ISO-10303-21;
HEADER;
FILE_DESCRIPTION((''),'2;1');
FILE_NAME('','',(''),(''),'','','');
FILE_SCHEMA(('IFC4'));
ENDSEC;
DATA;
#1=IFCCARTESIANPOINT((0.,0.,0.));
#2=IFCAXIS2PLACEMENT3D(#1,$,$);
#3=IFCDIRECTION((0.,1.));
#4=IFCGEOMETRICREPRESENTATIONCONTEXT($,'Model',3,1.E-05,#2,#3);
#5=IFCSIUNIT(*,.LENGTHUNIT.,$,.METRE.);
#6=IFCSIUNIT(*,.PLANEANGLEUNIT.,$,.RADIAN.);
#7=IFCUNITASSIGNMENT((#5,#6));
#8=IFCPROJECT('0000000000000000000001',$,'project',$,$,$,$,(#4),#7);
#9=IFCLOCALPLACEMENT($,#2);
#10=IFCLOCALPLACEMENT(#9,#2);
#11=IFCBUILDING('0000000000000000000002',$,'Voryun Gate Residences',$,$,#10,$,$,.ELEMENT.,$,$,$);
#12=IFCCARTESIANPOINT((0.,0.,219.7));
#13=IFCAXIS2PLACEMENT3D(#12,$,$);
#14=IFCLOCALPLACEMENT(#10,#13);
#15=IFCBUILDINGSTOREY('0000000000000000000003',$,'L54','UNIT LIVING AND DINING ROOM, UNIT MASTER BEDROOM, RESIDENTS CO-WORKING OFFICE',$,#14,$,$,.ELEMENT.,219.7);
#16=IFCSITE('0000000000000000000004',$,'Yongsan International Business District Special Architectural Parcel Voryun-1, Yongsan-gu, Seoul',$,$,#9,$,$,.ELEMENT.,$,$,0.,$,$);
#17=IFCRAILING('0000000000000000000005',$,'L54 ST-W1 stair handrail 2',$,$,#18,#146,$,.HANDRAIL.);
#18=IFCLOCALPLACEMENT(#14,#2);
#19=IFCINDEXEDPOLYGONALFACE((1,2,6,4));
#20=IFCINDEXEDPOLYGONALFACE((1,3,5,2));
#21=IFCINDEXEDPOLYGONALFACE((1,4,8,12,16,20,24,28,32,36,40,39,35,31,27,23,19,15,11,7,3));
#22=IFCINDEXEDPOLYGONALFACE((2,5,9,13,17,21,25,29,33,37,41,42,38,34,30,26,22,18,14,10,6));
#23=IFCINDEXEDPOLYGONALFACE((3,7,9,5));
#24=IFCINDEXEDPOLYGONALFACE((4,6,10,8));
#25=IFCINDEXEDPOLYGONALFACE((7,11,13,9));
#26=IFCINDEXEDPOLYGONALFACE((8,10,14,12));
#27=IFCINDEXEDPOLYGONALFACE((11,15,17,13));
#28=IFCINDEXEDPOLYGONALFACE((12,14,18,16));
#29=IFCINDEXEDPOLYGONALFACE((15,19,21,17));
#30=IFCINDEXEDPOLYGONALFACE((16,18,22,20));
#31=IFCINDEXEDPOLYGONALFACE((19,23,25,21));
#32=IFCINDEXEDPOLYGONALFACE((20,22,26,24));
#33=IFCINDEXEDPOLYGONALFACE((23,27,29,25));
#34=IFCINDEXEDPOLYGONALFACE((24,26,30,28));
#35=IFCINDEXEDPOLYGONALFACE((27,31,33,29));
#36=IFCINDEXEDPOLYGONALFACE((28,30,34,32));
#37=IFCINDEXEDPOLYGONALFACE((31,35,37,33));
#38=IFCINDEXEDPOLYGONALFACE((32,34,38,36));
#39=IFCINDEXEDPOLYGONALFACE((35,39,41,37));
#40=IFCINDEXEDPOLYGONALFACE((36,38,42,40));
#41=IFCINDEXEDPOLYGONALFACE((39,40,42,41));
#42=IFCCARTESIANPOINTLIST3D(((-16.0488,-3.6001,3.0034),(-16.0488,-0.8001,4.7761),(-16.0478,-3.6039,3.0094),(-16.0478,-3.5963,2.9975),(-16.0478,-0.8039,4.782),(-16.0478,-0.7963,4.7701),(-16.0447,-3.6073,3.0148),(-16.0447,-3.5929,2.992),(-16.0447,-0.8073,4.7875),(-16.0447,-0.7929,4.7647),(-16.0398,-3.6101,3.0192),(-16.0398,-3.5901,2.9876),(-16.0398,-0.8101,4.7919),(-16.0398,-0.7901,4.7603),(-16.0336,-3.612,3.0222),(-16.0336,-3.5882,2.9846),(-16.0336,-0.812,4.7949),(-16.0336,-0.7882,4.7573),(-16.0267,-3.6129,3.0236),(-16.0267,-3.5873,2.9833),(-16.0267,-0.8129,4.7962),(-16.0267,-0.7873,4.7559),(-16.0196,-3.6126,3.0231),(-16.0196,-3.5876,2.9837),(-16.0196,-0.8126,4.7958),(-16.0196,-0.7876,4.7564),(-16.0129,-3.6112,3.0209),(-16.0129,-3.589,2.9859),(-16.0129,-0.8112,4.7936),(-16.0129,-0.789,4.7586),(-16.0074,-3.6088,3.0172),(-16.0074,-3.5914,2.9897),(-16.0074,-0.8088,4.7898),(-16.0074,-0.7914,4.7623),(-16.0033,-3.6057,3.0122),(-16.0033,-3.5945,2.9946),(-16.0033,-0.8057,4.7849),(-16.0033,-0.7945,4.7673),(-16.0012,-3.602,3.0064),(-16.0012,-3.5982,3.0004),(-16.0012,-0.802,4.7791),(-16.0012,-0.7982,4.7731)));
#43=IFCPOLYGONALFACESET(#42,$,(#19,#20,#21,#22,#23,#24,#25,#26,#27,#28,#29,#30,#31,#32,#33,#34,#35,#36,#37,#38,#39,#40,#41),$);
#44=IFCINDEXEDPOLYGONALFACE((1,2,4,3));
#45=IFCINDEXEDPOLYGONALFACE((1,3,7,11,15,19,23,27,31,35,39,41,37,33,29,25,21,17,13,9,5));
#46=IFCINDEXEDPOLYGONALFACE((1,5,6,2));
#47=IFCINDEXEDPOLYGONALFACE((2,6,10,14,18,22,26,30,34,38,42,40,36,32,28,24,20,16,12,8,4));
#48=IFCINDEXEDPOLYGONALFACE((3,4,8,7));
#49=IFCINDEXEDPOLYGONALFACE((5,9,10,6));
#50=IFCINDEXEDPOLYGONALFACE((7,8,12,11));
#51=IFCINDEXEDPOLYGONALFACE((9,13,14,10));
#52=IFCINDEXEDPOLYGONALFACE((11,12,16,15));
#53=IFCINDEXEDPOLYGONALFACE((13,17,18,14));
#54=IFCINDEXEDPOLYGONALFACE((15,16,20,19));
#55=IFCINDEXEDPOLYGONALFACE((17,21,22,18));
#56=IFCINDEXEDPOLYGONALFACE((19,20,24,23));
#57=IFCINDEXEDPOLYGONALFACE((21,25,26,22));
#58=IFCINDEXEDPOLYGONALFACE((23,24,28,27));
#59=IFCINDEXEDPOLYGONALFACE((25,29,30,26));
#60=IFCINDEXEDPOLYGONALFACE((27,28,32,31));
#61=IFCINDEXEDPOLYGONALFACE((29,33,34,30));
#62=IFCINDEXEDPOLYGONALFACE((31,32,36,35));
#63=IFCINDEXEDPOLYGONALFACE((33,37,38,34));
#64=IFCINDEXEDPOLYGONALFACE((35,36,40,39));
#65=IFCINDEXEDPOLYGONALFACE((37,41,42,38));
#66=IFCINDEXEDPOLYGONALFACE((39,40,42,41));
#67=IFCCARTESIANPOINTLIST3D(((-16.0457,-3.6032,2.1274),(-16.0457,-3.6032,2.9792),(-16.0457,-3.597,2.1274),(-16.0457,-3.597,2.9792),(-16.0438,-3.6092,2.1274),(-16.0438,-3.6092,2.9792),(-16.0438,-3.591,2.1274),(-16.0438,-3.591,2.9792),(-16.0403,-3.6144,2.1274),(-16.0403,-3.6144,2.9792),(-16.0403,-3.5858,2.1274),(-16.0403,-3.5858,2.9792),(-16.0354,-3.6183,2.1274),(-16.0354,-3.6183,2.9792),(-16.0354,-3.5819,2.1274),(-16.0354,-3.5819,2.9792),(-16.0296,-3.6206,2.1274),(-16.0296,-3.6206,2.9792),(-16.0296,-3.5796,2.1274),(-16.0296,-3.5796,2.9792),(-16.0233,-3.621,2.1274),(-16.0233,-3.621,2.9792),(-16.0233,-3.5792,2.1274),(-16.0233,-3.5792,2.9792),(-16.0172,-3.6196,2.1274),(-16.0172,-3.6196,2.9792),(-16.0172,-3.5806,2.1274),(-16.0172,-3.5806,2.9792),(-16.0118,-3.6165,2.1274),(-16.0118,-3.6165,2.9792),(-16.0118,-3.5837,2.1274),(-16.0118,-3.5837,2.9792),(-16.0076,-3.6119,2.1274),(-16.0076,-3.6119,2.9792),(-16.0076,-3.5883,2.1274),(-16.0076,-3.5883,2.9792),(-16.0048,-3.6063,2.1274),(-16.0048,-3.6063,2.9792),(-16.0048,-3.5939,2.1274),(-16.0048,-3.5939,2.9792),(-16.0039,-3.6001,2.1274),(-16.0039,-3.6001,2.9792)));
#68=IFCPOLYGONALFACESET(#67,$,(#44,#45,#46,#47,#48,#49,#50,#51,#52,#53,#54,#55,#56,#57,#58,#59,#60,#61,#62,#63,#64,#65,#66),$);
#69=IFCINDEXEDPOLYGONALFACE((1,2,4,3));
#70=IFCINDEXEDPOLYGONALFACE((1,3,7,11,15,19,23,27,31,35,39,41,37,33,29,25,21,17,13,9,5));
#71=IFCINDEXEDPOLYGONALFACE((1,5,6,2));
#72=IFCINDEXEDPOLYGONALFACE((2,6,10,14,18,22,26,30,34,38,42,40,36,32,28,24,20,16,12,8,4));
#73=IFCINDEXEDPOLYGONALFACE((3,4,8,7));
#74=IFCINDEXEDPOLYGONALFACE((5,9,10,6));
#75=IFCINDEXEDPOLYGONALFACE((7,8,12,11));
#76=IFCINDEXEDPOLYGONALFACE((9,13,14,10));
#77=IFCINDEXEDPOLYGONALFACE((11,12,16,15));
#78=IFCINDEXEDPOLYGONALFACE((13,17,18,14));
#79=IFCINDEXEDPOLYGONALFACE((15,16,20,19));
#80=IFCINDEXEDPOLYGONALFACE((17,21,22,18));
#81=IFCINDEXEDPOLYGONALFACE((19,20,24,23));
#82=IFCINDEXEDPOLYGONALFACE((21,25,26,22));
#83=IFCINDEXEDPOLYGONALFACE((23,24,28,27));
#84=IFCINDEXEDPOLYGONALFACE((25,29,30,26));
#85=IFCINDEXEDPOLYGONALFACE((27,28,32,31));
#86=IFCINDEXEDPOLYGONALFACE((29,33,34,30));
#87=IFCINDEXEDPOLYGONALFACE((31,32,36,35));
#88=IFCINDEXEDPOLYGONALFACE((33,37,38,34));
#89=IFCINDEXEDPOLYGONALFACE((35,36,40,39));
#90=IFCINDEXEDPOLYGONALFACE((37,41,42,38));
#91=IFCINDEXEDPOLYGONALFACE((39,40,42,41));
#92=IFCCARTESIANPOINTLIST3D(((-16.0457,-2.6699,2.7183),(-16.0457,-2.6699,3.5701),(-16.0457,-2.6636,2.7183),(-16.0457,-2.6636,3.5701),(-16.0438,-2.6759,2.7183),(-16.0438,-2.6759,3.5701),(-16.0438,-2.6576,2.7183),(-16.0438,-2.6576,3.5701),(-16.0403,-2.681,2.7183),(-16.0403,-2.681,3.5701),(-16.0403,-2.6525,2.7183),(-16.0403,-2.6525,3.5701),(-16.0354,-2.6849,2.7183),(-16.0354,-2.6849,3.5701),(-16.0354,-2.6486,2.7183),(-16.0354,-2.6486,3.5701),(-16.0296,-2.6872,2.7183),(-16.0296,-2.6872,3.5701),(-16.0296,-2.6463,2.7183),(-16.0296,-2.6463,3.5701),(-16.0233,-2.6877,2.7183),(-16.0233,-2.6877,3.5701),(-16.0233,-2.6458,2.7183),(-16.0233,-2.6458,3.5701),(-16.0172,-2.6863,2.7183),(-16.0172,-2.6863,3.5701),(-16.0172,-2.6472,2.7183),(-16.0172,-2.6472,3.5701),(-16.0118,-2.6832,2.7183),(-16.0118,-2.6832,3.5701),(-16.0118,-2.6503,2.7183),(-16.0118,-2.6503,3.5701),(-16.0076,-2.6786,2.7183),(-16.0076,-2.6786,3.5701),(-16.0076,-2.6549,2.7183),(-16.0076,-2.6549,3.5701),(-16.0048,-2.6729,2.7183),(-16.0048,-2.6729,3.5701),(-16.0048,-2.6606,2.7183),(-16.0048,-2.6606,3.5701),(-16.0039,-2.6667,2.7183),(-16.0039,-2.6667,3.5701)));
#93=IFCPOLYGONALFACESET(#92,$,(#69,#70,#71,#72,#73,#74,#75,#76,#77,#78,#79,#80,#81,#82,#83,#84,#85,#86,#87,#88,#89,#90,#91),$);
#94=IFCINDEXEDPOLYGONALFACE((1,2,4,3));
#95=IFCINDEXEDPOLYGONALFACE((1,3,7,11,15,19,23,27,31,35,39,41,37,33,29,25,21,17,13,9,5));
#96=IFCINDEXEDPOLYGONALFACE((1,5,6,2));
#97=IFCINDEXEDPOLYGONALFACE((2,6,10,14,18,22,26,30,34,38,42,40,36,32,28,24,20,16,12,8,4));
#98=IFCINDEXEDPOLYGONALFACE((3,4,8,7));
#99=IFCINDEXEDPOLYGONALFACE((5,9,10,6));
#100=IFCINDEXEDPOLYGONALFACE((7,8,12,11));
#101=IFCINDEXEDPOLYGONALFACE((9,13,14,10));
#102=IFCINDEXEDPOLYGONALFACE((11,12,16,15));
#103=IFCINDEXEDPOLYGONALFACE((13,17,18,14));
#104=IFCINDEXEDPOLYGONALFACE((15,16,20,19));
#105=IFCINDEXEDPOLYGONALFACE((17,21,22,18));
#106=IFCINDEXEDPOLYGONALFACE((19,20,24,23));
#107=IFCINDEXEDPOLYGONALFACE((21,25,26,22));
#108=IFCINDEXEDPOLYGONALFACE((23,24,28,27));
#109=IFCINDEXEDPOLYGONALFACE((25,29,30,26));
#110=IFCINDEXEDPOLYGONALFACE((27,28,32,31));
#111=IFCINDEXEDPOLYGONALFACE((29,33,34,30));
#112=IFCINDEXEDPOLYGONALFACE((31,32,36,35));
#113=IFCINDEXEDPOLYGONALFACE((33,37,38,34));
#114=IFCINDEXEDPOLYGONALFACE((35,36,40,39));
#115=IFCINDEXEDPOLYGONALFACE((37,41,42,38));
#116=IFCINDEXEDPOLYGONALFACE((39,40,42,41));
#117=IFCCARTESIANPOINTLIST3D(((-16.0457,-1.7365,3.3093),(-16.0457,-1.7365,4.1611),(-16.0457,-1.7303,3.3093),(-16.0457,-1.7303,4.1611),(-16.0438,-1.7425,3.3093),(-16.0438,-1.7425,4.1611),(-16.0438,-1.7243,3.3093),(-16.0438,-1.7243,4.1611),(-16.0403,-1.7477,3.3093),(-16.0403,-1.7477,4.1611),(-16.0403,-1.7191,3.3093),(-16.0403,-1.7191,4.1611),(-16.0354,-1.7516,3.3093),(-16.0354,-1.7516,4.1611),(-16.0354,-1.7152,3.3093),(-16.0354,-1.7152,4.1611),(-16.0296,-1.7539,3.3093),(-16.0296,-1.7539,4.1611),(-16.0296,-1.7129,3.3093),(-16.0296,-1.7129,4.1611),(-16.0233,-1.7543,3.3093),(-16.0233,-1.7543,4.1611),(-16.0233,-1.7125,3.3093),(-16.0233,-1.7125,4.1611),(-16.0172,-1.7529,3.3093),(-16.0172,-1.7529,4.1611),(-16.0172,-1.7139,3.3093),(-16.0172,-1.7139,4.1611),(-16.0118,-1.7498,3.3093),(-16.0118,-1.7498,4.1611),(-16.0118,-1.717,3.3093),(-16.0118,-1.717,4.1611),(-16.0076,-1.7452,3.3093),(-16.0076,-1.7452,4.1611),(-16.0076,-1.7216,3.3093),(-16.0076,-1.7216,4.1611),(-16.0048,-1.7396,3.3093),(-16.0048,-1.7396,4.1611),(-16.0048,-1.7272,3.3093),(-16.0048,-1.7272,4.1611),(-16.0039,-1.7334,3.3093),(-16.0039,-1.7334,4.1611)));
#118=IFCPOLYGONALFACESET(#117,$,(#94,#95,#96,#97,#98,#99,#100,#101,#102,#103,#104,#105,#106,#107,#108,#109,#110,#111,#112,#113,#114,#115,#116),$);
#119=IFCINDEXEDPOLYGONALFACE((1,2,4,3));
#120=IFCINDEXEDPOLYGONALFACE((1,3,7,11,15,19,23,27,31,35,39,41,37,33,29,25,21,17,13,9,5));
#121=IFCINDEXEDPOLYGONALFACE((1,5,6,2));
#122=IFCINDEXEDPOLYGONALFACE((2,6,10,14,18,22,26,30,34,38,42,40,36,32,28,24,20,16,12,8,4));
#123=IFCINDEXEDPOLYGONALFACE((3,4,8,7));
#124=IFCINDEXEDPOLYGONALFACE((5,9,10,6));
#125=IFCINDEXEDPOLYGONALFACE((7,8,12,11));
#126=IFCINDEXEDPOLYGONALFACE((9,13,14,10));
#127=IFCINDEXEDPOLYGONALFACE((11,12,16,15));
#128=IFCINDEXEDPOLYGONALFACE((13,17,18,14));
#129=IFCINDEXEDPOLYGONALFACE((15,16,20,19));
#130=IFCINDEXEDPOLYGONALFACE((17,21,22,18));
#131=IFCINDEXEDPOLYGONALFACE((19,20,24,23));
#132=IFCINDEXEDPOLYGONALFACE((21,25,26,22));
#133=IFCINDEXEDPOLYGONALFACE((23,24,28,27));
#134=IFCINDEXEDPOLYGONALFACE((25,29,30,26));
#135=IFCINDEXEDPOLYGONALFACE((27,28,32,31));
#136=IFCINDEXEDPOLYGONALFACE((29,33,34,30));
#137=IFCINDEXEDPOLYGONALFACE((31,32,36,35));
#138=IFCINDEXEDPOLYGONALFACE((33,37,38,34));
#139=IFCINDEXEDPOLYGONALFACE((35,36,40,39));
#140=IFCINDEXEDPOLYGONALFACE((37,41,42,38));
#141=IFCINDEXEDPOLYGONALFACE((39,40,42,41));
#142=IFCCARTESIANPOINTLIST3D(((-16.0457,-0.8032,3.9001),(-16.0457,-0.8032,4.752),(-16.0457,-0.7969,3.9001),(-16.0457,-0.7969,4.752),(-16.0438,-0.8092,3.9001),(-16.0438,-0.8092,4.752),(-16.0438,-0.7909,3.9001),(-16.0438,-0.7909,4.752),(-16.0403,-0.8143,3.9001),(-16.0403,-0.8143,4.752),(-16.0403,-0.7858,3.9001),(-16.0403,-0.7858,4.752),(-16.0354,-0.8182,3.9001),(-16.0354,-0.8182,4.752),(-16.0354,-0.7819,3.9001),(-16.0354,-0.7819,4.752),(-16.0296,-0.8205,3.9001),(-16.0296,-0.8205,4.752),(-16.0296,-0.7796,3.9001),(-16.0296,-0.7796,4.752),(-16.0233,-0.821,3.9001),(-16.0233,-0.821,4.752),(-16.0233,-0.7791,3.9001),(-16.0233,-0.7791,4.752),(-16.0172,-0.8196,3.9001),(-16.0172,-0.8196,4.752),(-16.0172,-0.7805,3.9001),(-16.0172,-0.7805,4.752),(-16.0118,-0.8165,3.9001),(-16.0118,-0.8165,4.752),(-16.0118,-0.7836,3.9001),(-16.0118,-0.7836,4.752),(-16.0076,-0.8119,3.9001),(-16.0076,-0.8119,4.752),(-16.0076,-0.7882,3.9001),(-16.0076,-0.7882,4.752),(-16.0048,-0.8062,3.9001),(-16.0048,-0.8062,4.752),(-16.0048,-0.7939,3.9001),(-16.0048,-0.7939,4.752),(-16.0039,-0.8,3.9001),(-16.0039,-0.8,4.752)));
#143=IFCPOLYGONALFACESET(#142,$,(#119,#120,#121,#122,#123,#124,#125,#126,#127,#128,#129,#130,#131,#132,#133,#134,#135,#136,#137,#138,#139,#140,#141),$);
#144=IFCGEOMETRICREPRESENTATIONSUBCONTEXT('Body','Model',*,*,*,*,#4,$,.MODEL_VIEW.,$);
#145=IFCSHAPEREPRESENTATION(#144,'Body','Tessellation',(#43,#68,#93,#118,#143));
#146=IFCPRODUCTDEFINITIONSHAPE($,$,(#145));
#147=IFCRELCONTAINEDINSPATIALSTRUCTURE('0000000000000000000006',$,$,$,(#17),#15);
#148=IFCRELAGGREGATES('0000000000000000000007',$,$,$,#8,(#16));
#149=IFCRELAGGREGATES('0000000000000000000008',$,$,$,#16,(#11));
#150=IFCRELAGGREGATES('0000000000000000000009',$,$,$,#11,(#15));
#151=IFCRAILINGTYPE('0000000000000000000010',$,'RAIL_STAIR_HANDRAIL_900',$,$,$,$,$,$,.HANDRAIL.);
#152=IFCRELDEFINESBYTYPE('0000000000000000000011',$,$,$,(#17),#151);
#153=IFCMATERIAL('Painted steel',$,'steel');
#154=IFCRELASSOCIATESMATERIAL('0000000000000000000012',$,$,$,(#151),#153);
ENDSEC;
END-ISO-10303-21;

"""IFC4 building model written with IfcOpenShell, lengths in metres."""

from ifc_helpers import new_model, si_unit, direction, frame, origin, origin_2d, place, context, subcontext, project, spatial, circle, extrude, material, type_object, element, save


model = new_model("IFC4")

# Units and contexts
model_context = context("Model", 3, precision=1e-05, world=origin(), true_north=direction((0.0, 1.0)))
body_context = subcontext(model_context, "Body", "Model", "MODEL_VIEW")
ifc_project = project(units=[si_unit("LENGTHUNIT", "METRE"), si_unit("PLANEANGLEUNIT", "RADIAN")], contexts=[model_context])

# Site, building, storey
site_placement = place(None, origin())
site = spatial("IfcSite", under=ifc_project, at=site_placement, Name="Yongsan International Business District Special Architectural Parcel Voryun-1, Yongsan-gu, Seoul", CompositionType="ELEMENT", RefElevation=0.0)
building_placement = place(site_placement, origin())
building = spatial("IfcBuilding", under=site, at=building_placement, Name="Voryun Gate Residences", CompositionType="ELEMENT")
storey_placement = place(building_placement, frame((0.0, 0.0, 219.7)))
storey = spatial("IfcBuildingStorey", under=building, at=storey_placement, Name="L54", Description="UNIT LIVING AND DINING ROOM, UNIT MASTER BEDROOM, RESIDENTS CO-WORKING OFFICE", CompositionType="ELEMENT", Elevation=219.7)

# Railing
ifc_material_1 = material(Name="Painted steel", Category="steel")
railing_type_1 = type_object("IfcRailingType", Name="RAIL_STAIR_HANDRAIL_900", PredefinedType="HANDRAIL", material=ifc_material_1)
railing_1_placement = place(storey_placement, frame((-16.0249, -3.6001, 2.1274)))
element("IfcRailing", 1, at=railing_1_placement, inside=storey, type_object=railing_type_1, Name="L54 ST-W1 stair handrail 2", PredefinedType="HANDRAIL", context=body_context, shape_type="SweptSolid", body=[
    extrude(circle(Radius=0.0239, at=origin_2d()), frame((0.0, 0.0, 0.876), z_axis=(0.0, 0.844909, 0.53491), x_axis=(-1.0, 0.0, 0.0)), (0.0, 0.0, 1.0), 3.314),
    extrude(circle(Radius=0.021, at=origin_2d()), origin(), (0.0, 0.0, 1.0), 0.8518),
    extrude(circle(Radius=0.021, at=origin_2d()), frame((0.0, 0.9333, 0.5908)), (0.0, 0.0, 1.0), 0.8518),
    extrude(circle(Radius=0.021, at=origin_2d()), frame((0.0, 1.8667, 1.1819)), (0.0, 0.0, 1.0), 0.8518),
    extrude(circle(Radius=0.021, at=origin_2d()), frame((0.0, 2.8, 1.7727)), (0.0, 0.0, 1.0), 0.8518),
])

save(model, "model.ifc")
